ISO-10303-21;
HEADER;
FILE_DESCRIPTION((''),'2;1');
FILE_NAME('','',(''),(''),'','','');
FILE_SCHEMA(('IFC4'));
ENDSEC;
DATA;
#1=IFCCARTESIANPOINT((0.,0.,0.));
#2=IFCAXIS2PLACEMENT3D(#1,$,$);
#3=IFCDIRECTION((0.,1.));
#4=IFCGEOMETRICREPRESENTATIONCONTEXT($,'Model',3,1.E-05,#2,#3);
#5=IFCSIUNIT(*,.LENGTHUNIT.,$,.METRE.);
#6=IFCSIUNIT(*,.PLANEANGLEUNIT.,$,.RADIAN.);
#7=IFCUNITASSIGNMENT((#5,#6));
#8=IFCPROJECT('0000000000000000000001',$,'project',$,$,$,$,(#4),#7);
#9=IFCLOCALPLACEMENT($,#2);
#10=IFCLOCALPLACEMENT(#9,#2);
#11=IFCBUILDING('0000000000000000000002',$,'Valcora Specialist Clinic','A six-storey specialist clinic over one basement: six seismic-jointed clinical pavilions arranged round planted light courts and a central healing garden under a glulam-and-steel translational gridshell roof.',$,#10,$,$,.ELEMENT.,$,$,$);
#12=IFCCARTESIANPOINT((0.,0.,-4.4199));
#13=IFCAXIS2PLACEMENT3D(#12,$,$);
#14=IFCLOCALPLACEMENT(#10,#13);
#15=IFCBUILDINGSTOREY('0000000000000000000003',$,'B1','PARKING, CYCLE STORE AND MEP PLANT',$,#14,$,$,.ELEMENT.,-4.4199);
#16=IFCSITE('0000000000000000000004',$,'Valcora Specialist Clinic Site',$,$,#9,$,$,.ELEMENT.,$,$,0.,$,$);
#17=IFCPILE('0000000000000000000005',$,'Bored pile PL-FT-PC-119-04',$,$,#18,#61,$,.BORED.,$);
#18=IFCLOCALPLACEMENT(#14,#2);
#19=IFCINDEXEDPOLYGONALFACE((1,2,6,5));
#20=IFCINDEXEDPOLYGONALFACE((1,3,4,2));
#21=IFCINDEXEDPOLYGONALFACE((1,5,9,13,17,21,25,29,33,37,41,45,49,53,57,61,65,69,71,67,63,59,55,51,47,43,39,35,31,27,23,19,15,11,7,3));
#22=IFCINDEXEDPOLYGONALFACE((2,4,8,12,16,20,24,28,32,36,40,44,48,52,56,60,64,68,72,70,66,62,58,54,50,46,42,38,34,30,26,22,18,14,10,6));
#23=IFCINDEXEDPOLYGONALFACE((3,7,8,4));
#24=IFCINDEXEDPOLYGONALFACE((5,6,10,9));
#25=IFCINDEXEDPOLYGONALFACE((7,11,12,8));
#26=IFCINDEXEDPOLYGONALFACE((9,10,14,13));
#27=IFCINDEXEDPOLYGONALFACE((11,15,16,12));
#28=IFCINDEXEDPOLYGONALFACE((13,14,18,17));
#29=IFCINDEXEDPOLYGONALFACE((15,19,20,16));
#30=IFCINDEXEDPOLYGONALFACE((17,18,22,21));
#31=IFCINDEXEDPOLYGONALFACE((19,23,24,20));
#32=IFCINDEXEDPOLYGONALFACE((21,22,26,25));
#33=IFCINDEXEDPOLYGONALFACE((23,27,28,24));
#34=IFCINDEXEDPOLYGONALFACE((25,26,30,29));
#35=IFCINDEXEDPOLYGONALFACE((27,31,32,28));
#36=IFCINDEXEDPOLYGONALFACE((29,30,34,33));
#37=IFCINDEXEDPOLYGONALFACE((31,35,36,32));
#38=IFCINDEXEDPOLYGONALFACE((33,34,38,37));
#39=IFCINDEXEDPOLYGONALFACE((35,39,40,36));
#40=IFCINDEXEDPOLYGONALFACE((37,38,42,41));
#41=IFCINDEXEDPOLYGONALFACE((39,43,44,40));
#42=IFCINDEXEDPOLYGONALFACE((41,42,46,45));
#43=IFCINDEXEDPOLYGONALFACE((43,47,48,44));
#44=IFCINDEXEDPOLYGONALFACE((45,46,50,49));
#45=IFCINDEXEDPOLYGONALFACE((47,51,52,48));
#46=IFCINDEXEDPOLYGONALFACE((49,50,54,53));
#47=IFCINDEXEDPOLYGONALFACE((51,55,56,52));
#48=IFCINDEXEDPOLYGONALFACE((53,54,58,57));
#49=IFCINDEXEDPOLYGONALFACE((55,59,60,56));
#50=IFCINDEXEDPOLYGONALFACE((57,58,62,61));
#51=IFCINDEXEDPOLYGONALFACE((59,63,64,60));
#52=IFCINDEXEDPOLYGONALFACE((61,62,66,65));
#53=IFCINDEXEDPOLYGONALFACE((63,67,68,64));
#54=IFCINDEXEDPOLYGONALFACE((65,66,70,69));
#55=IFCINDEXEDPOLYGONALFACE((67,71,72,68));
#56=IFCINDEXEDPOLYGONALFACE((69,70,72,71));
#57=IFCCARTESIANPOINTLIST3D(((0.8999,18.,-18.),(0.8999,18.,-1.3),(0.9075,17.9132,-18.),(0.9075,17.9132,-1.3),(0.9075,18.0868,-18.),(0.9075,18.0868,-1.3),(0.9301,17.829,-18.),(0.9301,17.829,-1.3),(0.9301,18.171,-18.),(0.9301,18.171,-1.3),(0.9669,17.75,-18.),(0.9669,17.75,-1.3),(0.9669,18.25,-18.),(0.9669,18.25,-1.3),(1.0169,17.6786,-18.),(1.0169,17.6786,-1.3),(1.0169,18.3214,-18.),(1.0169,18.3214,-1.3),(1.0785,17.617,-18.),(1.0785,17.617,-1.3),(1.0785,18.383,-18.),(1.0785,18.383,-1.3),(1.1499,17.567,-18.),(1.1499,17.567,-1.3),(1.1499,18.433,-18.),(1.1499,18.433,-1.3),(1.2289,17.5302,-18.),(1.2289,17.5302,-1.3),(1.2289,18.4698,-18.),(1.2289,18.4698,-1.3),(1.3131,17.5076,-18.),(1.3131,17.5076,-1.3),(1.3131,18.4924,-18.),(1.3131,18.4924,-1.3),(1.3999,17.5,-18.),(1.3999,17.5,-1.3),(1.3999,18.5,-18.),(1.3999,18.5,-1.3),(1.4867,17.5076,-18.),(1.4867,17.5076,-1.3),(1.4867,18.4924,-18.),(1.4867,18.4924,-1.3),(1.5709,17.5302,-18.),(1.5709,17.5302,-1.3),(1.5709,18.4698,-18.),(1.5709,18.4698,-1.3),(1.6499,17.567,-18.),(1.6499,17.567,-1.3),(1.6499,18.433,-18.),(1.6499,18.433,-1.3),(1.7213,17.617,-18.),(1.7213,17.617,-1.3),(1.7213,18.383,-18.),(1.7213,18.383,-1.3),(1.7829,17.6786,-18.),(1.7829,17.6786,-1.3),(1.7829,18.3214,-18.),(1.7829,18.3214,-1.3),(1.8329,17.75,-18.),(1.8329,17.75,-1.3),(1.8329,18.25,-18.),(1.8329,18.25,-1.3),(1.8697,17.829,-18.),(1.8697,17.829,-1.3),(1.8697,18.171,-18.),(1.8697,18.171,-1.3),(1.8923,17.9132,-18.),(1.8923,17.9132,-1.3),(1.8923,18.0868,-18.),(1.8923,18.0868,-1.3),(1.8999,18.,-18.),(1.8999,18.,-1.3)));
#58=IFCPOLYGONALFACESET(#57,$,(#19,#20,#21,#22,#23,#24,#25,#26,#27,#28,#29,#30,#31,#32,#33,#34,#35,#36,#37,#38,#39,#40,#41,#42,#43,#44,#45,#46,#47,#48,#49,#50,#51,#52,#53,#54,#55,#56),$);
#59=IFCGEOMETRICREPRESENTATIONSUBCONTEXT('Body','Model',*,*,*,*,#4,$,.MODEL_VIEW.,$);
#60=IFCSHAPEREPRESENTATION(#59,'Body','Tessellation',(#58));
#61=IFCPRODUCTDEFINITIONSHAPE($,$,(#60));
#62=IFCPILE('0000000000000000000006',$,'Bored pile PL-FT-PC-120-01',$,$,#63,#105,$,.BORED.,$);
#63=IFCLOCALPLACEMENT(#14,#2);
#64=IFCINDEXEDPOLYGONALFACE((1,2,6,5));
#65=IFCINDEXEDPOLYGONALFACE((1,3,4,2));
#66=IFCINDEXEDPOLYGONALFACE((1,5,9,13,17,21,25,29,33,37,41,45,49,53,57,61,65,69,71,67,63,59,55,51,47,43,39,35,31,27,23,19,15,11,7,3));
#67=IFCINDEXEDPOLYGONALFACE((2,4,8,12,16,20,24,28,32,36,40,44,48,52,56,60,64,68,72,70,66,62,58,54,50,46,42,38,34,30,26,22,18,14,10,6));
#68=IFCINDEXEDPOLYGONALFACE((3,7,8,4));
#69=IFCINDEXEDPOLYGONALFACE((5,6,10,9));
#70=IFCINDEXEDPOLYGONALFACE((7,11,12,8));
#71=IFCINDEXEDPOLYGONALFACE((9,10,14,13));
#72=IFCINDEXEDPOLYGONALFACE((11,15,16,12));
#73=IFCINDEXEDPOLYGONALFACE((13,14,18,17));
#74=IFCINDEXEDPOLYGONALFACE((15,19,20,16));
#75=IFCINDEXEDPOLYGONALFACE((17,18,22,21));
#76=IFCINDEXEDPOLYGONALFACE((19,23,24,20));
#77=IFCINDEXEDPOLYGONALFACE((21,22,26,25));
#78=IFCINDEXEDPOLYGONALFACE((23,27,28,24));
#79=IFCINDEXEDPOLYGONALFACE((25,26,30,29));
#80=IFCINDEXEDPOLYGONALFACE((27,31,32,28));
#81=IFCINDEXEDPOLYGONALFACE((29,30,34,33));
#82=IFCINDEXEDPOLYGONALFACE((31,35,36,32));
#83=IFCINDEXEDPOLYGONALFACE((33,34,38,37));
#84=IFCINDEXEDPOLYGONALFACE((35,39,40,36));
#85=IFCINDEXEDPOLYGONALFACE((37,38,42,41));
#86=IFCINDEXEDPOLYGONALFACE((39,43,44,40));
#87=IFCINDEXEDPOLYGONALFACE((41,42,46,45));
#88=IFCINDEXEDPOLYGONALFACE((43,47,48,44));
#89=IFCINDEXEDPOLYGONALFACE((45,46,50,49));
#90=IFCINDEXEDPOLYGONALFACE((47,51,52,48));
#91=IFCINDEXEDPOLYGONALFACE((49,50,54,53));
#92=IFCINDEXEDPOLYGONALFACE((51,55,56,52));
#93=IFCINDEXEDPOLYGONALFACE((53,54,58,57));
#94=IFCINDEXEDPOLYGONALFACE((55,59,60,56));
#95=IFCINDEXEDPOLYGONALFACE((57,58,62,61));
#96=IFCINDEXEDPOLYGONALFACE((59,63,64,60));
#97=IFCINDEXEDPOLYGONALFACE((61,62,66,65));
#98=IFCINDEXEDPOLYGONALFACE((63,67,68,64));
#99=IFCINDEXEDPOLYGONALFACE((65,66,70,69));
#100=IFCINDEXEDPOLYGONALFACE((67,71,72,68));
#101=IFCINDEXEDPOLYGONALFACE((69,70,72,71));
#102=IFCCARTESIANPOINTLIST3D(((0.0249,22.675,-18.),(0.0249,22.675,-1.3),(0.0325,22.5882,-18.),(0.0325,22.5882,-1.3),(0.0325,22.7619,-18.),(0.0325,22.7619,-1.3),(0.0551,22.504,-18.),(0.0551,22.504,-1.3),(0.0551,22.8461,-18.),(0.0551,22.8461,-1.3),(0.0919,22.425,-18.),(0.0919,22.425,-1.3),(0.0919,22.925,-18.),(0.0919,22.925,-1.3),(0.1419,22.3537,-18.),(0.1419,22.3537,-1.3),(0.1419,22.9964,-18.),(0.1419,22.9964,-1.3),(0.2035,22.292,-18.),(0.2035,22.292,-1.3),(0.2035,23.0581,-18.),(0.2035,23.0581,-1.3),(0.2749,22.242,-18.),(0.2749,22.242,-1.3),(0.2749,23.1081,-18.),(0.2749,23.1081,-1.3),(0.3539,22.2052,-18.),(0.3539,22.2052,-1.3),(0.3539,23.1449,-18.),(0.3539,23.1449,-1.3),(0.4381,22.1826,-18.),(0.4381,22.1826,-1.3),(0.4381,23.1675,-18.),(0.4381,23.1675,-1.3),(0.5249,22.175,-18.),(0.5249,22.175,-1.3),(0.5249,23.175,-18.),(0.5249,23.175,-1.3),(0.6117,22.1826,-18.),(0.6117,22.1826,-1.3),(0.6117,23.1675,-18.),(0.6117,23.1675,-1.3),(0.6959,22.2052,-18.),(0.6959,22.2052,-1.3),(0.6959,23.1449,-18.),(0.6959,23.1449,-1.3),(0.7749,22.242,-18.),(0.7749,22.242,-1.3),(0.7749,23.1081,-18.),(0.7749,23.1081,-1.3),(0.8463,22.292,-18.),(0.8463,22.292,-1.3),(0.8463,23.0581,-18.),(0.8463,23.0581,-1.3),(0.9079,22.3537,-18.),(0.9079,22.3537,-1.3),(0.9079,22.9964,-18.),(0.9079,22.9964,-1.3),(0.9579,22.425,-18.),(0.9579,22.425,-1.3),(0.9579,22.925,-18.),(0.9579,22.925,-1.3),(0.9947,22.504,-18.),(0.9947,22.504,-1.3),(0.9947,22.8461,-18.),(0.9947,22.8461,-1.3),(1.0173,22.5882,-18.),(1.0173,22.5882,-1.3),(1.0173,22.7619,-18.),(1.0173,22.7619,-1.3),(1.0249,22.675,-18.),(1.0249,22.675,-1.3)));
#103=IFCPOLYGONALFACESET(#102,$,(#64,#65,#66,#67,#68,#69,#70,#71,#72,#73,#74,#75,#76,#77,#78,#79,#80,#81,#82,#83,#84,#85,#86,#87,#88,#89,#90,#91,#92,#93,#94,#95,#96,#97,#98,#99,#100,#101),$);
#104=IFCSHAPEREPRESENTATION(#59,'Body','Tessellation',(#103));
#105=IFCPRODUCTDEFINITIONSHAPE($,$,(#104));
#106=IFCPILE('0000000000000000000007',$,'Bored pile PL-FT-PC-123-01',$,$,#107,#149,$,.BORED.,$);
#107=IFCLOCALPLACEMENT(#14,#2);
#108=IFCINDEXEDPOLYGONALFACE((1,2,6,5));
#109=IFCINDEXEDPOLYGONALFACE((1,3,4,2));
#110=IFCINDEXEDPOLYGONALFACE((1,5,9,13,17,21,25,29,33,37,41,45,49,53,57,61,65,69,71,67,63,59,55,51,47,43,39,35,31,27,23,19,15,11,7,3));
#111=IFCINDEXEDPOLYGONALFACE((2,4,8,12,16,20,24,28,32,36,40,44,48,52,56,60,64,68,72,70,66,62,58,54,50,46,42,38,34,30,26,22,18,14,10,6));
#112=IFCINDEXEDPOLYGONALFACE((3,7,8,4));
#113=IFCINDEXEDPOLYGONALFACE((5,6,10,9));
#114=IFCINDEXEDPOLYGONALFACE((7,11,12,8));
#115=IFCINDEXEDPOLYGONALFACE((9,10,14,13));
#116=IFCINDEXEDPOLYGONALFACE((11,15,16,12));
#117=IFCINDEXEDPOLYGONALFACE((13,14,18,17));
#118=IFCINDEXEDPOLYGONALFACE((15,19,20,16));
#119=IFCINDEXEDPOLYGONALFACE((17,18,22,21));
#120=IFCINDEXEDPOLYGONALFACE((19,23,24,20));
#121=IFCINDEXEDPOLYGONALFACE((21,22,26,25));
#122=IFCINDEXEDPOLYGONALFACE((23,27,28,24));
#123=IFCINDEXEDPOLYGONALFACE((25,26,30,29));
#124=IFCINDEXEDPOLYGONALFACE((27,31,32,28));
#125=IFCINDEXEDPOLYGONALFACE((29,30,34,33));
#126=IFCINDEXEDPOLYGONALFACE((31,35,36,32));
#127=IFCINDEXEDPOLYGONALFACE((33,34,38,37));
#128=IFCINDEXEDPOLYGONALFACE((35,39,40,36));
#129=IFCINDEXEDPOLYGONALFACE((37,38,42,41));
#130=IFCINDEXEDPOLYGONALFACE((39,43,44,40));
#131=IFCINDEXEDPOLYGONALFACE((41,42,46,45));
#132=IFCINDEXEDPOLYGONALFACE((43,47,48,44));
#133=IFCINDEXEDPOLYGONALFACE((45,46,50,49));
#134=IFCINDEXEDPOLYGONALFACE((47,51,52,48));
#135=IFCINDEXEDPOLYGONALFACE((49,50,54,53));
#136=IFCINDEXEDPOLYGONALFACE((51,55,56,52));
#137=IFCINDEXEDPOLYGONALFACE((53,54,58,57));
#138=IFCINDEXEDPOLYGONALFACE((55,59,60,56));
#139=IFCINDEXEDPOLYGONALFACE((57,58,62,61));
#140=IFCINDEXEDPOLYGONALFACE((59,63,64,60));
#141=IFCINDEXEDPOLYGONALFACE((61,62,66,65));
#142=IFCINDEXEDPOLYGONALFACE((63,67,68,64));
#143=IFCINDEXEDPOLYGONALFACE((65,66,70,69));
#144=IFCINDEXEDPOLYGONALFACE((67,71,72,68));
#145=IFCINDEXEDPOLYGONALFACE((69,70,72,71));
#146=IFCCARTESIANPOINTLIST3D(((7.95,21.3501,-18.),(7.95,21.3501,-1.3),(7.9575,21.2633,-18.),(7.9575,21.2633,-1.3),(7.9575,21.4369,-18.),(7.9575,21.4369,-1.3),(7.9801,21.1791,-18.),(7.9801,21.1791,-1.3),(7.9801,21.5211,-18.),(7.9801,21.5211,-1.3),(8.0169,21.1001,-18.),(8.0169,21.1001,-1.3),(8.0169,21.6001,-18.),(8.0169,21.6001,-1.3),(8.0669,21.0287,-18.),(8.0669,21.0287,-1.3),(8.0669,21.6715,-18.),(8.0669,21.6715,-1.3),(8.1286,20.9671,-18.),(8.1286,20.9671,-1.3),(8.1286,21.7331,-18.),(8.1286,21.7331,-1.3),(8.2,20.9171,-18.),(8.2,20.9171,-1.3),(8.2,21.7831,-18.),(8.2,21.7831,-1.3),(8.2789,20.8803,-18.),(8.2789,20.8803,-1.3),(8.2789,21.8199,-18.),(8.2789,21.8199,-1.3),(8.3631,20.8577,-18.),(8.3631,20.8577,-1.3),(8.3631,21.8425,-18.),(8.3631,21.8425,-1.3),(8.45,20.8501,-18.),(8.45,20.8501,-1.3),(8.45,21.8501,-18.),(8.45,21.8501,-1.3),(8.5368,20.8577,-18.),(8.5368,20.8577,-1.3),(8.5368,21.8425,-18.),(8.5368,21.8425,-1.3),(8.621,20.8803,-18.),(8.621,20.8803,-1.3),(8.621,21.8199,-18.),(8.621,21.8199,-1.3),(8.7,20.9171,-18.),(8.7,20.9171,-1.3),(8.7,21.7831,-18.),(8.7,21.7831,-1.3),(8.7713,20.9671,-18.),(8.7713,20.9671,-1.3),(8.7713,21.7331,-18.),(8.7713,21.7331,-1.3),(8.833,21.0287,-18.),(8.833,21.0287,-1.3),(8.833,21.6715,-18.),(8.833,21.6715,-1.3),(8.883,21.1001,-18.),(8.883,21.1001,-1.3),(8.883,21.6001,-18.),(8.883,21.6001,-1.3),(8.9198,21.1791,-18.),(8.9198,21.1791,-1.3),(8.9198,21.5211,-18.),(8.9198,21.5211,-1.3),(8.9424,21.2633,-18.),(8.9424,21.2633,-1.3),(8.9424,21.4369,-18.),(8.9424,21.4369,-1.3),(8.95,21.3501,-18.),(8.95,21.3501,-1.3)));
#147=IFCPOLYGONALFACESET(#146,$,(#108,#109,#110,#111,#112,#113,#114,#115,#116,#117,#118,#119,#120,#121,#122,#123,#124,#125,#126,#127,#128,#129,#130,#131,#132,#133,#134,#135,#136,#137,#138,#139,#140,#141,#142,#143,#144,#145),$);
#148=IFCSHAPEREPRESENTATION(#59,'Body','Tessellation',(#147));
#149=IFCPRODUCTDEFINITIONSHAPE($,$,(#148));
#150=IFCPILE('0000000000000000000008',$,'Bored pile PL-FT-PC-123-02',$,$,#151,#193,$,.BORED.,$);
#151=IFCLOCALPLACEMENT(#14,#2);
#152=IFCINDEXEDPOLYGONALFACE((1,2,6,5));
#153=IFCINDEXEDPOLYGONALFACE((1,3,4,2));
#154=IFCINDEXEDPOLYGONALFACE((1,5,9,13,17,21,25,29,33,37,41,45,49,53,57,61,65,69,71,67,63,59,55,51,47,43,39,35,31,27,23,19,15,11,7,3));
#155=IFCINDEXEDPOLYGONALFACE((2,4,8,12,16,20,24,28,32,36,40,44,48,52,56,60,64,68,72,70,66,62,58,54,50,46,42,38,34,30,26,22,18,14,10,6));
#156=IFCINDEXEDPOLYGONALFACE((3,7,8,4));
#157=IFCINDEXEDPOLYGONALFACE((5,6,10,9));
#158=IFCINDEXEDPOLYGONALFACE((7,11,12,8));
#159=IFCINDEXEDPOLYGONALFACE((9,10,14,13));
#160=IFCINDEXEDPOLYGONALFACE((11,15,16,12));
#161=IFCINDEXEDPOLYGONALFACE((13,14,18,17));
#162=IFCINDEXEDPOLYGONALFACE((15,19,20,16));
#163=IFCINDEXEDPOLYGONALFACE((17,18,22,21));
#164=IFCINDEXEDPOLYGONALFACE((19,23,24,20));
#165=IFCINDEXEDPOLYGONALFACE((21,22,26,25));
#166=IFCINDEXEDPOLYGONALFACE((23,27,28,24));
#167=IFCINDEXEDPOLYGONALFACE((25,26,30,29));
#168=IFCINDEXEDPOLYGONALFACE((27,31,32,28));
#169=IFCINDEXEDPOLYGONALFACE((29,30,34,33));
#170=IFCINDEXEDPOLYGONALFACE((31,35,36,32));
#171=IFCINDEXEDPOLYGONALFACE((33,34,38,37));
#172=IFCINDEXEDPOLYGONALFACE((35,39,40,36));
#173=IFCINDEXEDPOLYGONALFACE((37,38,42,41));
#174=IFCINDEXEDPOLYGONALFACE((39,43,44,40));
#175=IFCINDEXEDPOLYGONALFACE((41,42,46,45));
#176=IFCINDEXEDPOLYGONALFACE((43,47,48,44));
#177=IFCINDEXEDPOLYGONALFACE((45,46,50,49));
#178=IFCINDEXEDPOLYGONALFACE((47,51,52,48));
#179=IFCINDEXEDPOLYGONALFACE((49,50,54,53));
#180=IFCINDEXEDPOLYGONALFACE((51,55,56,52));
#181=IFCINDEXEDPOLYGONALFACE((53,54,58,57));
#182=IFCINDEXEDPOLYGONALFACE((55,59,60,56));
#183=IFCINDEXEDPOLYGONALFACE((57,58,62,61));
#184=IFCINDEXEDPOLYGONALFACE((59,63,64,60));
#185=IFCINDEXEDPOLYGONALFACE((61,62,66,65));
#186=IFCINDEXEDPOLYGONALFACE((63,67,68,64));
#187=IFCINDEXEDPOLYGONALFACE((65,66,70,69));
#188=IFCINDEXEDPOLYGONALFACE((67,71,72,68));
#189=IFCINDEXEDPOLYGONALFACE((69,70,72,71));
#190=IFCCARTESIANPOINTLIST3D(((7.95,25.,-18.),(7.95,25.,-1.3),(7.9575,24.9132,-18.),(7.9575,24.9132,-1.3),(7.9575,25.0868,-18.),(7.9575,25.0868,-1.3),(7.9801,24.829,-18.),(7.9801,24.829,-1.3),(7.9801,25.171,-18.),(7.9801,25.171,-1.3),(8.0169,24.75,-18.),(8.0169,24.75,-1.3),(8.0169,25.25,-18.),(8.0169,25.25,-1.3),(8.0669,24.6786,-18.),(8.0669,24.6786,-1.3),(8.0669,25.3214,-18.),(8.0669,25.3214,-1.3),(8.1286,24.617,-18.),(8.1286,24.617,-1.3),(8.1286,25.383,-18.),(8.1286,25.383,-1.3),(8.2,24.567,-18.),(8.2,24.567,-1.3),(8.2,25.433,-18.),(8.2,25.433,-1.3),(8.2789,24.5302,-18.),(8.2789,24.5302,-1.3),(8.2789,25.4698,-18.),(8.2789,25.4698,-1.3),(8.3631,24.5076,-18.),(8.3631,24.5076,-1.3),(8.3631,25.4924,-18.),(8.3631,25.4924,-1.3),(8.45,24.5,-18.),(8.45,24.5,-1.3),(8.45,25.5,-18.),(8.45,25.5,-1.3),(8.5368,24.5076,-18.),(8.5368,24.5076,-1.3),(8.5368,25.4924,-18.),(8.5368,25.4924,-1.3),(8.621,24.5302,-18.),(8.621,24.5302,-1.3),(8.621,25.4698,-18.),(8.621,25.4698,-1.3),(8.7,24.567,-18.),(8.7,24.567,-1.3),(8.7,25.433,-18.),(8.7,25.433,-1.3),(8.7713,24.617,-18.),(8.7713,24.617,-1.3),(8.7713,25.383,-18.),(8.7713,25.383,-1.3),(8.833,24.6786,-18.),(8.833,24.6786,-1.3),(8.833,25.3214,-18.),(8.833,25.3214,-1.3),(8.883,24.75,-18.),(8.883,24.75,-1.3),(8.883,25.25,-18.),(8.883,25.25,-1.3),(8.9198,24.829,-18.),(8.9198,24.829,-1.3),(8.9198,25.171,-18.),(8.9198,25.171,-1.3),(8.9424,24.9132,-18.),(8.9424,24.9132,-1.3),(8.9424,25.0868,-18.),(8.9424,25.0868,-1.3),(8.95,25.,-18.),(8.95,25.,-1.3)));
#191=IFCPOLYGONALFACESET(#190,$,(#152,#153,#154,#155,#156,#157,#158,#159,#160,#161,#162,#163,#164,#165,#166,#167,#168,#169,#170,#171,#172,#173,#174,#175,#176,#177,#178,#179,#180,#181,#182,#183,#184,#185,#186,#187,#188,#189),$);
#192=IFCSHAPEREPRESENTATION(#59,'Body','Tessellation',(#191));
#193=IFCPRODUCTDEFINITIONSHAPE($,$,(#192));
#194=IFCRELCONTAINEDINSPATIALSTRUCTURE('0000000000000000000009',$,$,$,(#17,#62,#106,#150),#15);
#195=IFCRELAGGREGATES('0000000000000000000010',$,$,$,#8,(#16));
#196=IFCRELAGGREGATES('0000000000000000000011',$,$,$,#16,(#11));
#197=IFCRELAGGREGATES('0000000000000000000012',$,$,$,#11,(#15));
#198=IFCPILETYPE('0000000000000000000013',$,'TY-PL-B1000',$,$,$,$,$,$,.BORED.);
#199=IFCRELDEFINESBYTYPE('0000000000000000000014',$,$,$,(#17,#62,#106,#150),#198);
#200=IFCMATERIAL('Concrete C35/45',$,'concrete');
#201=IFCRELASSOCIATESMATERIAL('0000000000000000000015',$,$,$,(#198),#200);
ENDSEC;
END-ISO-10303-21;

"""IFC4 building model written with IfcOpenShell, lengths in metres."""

from ifc_helpers import new_model, si_unit, direction, frame, origin, origin_2d, place, context, subcontext, project, spatial, circle, extrude, material, material_profile, profile_set, type_object, element, save


model = new_model("IFC4")

# Units and contexts
model_context = context("Model", 3, precision=1e-05, world=origin(), true_north=direction((0.0, 1.0)))
body_context = subcontext(model_context, "Body", "Model", "MODEL_VIEW")
ifc_project = project(units=[si_unit("LENGTHUNIT", "METRE"), si_unit("PLANEANGLEUNIT", "RADIAN")], contexts=[model_context])

# Site, building, storey
site_placement = place(None, origin())
site = spatial("IfcSite", under=ifc_project, at=site_placement, Name="Valcora Specialist Clinic Site", CompositionType="ELEMENT", RefElevation=0.0)
building_placement = place(site_placement, origin())
building = spatial("IfcBuilding", under=site, at=building_placement, Name="Valcora Specialist Clinic", Description="A six-storey specialist clinic over one basement: six seismic-jointed clinical pavilions arranged round planted light courts and a central healing garden under a glulam-and-steel translational gridshell roof.", CompositionType="ELEMENT")
storey_placement = place(building_placement, frame((0.0, 0.0, -4.4199)))
storey = spatial("IfcBuildingStorey", under=building, at=storey_placement, Name="B1", Description="PARKING, CYCLE STORE AND MEP PLANT", CompositionType="ELEMENT", Elevation=-4.4199)

# Shared definitions
ifc_material_1 = material(Name="Concrete C35/45", Category="concrete")

# Piles
ifc_material_profile_1 = material_profile(ifc_material_1, circle(Radius=0.5, at=origin_2d()), Name="RC-PIL-D1000")
ifc_profile_set_1 = profile_set([ifc_material_profile_1], Name="Concrete C35/45")
pile_type_1 = type_object("IfcPileType", Name="TY-PL-B1000", PredefinedType="BORED", material=ifc_profile_set_1)
for number, where, z_axis, x_axis, name in (
    (1, (1.3999, 18.0, -1.3), (0.0, 0.0, -1.0), (1.0, 0.0, 0.0), "Bored pile PL-FT-PC-119-04"),
    (2, (0.5249, 22.675, -1.3), (0.0, 0.0, -1.0), (1.0, 0.0, 0.0), "Bored pile PL-FT-PC-120-01"),
    (3, (8.45, 21.3501, -1.3), (0.0, 0.0, -1.0), (1.0, 0.0, 0.0), "Bored pile PL-FT-PC-123-01"),
    (4, (8.45, 25.0, -1.3), (0.0, 0.0, -1.0), (1.0, 0.0, 0.0), "Bored pile PL-FT-PC-123-02"),
):
    element("IfcPile", number, at=place(storey_placement, frame(where, z_axis=z_axis, x_axis=x_axis)), inside=storey, type_object=pile_type_1, Name=name, PredefinedType="BORED", context=body_context, shape_type="SweptSolid", body=[
        extrude(circle(Radius=0.5, at=origin_2d()), origin(), (0.0, 0.0, 1.0), 16.7),
    ])

save(model, "model.ifc")
